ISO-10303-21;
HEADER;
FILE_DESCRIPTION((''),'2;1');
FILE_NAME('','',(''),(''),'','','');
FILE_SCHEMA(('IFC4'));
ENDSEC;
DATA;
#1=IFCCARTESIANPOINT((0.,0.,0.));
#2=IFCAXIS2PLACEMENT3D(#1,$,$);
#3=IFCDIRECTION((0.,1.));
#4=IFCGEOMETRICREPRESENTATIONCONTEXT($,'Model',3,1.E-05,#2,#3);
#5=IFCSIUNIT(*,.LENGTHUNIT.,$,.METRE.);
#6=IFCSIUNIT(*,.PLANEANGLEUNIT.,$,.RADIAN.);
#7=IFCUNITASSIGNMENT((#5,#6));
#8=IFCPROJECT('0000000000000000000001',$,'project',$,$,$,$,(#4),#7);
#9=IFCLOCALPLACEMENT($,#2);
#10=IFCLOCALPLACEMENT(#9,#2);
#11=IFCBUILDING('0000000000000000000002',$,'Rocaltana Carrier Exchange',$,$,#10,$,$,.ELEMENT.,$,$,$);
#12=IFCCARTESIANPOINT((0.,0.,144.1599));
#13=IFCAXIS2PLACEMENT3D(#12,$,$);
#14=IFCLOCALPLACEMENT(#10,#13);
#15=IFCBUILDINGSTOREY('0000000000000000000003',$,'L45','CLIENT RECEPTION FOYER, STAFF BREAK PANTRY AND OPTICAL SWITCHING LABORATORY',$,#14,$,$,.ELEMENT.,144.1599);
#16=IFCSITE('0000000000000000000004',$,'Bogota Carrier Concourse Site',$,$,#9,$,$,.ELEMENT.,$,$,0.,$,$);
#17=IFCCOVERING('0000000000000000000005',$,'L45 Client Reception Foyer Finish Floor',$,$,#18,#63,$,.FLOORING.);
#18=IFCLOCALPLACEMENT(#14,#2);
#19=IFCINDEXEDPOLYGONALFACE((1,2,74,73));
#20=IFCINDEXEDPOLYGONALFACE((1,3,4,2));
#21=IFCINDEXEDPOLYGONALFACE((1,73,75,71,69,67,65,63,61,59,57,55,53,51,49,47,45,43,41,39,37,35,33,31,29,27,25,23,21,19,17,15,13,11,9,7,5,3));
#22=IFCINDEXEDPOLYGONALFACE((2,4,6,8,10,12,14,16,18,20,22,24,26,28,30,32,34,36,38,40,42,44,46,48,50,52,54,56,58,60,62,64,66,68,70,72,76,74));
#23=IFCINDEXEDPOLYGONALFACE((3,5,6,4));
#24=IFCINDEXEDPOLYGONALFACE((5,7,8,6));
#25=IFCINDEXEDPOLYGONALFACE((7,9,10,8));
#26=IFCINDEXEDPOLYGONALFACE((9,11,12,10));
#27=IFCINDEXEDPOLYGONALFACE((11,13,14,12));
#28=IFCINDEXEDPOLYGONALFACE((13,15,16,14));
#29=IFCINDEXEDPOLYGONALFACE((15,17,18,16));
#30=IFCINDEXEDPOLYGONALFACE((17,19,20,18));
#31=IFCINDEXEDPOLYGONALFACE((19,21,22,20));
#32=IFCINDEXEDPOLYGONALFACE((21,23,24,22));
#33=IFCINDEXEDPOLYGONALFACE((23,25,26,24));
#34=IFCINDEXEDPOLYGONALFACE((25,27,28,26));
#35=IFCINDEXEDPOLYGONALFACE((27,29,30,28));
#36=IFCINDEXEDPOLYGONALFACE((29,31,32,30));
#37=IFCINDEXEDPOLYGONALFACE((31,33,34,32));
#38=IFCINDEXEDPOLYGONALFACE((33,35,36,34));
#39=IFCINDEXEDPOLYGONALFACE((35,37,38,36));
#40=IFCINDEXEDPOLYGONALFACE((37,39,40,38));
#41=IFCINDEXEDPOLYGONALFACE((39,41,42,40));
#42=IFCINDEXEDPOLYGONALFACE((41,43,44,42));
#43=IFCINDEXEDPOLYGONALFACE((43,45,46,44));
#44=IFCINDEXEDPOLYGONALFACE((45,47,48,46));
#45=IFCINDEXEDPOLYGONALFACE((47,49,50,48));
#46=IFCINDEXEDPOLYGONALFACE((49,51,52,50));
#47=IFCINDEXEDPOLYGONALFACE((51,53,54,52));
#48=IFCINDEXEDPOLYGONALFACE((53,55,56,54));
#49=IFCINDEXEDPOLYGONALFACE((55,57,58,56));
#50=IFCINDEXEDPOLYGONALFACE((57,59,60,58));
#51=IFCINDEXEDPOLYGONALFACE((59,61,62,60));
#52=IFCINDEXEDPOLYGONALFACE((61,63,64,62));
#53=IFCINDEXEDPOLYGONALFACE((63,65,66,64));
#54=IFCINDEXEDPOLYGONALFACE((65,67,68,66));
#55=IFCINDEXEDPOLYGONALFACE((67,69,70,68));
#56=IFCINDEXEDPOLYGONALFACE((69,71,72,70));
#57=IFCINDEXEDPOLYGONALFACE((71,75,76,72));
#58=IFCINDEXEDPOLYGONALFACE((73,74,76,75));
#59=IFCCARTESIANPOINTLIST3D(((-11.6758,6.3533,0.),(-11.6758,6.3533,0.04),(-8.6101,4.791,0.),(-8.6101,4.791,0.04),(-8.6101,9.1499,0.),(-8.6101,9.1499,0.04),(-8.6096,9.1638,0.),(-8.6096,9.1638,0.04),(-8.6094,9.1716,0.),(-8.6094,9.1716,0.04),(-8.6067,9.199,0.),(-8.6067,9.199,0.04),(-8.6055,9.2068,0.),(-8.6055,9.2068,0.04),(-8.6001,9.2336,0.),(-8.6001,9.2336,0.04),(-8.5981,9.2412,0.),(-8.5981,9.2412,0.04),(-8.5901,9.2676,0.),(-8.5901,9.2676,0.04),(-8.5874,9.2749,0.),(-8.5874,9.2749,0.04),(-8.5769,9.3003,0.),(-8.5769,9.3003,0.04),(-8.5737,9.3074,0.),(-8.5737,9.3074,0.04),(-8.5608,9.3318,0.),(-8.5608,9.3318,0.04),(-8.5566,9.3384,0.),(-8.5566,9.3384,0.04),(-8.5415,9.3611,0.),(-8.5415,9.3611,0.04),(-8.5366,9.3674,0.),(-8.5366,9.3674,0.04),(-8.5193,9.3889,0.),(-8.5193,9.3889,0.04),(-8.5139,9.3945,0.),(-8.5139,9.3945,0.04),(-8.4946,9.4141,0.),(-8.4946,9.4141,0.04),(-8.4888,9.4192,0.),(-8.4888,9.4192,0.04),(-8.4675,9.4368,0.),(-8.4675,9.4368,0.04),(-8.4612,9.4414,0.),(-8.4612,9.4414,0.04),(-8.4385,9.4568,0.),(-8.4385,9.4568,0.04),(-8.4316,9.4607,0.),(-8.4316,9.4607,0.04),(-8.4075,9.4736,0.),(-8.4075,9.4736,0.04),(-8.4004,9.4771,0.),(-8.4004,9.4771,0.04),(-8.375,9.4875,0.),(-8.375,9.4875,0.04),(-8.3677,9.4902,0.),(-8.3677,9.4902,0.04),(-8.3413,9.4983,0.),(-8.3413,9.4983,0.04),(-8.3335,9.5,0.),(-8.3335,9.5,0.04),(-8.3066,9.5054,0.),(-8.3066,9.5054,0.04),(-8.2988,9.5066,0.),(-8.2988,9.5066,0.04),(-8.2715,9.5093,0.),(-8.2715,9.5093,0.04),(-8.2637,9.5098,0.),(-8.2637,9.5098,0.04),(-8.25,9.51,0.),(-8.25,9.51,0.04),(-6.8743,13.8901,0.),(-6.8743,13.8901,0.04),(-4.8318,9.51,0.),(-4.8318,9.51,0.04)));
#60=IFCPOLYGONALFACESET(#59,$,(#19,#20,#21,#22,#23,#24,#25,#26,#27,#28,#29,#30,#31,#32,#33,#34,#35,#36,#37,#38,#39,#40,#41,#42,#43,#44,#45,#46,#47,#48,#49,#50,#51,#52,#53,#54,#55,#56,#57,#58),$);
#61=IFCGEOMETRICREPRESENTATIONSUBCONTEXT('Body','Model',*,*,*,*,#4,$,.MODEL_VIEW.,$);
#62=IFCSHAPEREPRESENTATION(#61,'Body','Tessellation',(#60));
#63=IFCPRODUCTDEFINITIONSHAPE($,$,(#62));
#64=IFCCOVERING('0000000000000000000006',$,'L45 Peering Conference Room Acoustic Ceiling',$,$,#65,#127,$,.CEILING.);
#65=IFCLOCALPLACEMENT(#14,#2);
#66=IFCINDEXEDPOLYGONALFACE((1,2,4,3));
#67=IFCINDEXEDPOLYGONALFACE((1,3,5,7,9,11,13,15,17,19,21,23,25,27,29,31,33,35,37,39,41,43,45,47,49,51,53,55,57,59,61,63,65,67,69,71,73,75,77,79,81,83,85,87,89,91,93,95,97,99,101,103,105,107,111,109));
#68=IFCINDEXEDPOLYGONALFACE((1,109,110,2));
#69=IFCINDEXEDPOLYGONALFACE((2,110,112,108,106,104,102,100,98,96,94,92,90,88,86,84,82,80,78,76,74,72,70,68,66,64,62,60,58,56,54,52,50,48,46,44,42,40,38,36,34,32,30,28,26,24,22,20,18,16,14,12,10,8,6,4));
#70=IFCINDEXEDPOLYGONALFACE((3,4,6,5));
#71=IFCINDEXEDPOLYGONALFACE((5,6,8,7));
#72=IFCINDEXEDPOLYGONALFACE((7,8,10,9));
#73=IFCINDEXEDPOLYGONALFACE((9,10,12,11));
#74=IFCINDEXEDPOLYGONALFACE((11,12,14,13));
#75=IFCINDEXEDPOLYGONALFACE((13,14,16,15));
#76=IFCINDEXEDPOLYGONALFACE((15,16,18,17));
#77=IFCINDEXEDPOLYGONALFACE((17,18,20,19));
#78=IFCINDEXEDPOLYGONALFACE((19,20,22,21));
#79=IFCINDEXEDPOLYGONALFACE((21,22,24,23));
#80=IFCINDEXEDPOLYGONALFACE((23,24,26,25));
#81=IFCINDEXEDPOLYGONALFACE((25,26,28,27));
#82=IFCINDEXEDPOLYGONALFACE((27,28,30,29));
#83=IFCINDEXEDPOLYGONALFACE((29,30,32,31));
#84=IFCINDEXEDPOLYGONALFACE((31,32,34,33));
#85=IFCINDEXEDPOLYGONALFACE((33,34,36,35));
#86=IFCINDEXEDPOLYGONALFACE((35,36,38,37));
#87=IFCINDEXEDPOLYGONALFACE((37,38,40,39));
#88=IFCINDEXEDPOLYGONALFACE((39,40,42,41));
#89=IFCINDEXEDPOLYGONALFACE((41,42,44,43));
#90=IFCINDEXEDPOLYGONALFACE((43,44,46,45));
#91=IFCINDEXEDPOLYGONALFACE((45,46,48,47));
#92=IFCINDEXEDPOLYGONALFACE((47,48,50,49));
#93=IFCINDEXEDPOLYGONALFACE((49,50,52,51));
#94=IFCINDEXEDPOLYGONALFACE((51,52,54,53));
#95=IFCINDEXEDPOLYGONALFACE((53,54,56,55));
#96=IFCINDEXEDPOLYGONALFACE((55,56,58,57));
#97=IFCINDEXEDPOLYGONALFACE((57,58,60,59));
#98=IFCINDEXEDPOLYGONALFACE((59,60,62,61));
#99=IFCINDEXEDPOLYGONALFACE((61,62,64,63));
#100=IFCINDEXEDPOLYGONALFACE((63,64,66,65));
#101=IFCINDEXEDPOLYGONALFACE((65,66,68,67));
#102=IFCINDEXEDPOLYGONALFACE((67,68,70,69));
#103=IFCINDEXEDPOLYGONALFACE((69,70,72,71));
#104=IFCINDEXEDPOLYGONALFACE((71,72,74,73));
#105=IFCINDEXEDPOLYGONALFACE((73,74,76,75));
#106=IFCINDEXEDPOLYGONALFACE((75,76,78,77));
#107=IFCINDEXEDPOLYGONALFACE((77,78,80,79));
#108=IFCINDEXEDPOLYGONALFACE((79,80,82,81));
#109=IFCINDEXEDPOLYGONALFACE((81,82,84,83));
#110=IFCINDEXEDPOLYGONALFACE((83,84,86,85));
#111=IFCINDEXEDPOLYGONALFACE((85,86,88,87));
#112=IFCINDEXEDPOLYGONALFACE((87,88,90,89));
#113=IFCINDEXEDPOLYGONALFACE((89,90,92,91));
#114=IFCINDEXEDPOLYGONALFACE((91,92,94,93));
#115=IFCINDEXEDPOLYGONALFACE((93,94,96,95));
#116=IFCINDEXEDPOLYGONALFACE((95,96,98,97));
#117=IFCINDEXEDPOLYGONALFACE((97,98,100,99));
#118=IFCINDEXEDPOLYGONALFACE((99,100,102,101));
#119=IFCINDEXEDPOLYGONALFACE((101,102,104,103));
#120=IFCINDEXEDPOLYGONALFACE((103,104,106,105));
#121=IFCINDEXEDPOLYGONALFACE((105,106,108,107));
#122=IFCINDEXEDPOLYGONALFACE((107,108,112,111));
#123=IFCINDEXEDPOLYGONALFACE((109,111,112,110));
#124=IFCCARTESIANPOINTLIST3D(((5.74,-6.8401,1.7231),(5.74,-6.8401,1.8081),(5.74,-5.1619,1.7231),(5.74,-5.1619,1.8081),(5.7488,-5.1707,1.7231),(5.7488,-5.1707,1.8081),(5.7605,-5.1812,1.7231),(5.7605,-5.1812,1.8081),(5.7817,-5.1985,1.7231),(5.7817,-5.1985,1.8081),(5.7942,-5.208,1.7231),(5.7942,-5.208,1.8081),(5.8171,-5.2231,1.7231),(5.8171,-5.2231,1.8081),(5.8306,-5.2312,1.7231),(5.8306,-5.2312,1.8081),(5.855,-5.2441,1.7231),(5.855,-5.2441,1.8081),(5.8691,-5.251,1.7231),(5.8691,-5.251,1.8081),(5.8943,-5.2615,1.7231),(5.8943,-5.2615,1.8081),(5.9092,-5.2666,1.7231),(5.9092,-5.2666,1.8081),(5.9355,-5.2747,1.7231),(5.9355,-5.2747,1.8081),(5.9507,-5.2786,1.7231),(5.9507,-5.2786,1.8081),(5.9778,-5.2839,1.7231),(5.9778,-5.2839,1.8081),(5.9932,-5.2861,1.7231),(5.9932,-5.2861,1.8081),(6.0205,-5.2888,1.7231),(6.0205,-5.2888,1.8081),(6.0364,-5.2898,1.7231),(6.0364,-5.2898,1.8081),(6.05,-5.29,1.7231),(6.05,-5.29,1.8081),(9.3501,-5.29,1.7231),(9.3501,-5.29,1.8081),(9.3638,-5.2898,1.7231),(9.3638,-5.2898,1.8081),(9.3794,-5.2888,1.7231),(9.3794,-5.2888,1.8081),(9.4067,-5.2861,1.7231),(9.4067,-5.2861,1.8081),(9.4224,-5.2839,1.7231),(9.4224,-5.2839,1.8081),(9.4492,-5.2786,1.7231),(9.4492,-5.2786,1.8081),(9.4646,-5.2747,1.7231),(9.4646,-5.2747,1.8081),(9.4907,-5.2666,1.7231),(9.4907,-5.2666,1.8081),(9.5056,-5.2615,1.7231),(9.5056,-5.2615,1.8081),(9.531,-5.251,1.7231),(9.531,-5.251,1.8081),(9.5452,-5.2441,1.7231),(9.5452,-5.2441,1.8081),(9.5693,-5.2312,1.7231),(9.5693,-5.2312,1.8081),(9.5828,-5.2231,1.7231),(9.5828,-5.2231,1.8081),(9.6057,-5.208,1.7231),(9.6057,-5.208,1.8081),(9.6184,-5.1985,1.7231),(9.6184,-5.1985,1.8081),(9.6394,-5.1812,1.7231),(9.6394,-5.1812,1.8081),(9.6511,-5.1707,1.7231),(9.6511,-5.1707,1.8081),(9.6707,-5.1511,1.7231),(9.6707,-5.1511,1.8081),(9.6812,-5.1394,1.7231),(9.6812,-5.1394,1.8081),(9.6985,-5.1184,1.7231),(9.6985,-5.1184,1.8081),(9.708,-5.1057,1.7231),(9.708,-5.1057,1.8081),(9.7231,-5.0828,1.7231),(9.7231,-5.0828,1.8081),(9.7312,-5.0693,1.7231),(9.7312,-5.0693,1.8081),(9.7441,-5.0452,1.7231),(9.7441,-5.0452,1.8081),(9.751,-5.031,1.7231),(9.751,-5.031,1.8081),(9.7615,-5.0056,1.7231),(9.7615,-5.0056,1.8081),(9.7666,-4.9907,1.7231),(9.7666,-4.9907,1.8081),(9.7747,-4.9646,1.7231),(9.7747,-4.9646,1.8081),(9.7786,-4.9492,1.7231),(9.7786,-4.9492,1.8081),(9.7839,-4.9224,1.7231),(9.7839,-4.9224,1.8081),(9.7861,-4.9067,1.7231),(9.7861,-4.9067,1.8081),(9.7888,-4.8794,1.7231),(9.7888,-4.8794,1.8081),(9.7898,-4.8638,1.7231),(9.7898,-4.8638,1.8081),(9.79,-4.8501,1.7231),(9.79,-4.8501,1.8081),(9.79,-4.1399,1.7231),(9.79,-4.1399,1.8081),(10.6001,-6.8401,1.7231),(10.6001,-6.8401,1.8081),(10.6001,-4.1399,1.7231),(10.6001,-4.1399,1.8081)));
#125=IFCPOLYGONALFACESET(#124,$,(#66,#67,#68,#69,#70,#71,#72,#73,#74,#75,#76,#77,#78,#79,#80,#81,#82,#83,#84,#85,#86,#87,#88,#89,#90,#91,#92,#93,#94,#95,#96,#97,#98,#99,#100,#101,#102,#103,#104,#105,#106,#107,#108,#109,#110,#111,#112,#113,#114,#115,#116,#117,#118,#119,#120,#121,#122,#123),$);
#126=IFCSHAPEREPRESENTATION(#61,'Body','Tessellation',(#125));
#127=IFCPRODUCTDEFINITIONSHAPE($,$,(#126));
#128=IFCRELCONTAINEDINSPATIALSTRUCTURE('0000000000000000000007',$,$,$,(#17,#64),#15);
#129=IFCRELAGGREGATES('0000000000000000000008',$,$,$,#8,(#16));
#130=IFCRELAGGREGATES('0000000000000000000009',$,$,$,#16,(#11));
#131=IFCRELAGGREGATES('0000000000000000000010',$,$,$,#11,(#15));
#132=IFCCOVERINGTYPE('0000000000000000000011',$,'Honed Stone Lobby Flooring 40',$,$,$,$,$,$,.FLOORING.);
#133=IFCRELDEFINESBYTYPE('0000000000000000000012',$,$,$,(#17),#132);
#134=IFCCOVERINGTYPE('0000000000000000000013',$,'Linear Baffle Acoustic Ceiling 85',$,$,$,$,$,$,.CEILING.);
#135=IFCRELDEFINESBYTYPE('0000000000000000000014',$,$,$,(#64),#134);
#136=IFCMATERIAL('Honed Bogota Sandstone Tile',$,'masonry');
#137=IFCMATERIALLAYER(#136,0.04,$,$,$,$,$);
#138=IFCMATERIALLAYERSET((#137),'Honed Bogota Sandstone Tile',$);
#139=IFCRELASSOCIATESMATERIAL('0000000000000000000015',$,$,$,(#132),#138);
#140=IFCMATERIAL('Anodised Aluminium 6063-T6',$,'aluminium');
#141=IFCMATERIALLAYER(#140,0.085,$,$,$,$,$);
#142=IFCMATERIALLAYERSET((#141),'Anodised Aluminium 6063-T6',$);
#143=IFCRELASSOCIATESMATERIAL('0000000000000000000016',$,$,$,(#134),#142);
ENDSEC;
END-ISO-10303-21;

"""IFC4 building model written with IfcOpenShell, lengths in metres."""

from ifc_helpers import new_model, si_unit, direction, frame, origin, place, context, subcontext, project, spatial, polyline, outline, extrude, material, layer, layer_set, type_object, element, save


model = new_model("IFC4")

# Units and contexts
model_context = context("Model", 3, precision=1e-05, world=origin(), true_north=direction((0.0, 1.0)))
body_context = subcontext(model_context, "Body", "Model", "MODEL_VIEW")
ifc_project = project(units=[si_unit("LENGTHUNIT", "METRE"), si_unit("PLANEANGLEUNIT", "RADIAN")], contexts=[model_context])

# Site, building, storey
site_placement = place(None, origin())
site = spatial("IfcSite", under=ifc_project, at=site_placement, Name="Bogota Carrier Concourse Site", CompositionType="ELEMENT", RefElevation=0.0)
building_placement = place(site_placement, origin())
building = spatial("IfcBuilding", under=site, at=building_placement, Name="Rocaltana Carrier Exchange", CompositionType="ELEMENT")
storey_placement = place(building_placement, frame((0.0, 0.0, 144.1599)))
storey = spatial("IfcBuildingStorey", under=building, at=storey_placement, Name="L45", Description="CLIENT RECEPTION FOYER, STAFF BREAK PANTRY AND OPTICAL SWITCHING LABORATORY", CompositionType="ELEMENT", Elevation=144.1599)

# Coverings
ifc_material_1 = material(Name="Honed Bogota Sandstone Tile", Category="masonry")
ifc_layer_1 = layer(ifc_material_1, 0.04)
ifc_layer_set_1 = layer_set([ifc_layer_1], Name="Honed Bogota Sandstone Tile")
covering_type_1 = type_object("IfcCoveringType", Name="Honed Stone Lobby Flooring 40", PredefinedType="FLOORING", material=ifc_layer_set_1)
covering_1_placement = place(storey_placement, origin())
element("IfcCovering", 1, at=covering_1_placement, inside=storey, type_object=covering_type_1, Name="L45 Client Reception Foyer Finish Floor", PredefinedType="FLOORING", context=body_context, shape_type="SweptSolid", body=[
    extrude(outline(polyline([(-6.8743, 13.8901), (-4.8318, 9.51), (-8.25, 9.51), (-8.2637, 9.5098), (-8.2715, 9.5093), (-8.2988, 9.5066), (-8.3066, 9.5054), (-8.3335, 9.5), (-8.3413, 9.4983), (-8.3677, 9.4902), (-8.375, 9.4875), (-8.4004, 9.4771), (-8.4075, 9.4736), (-8.4316, 9.4607), (-8.4385, 9.4568), (-8.4612, 9.4414), (-8.4675, 9.4368), (-8.4888, 9.4192), (-8.4946, 9.4141), (-8.5139, 9.3945), (-8.5193, 9.3889), (-8.5366, 9.3674), (-8.5415, 9.3611), (-8.5566, 9.3384), (-8.5608, 9.3318), (-8.5737, 9.3074), (-8.5769, 9.3003), (-8.5874, 9.2749), (-8.5901, 9.2676), (-8.5981, 9.2412), (-8.6001, 9.2336), (-8.6055, 9.2068), (-8.6067, 9.199), (-8.6094, 9.1716), (-8.6096, 9.1638), (-8.6101, 9.1499), (-8.6101, 4.791), (-11.6758, 6.3533), (-6.8743, 13.8901)])), origin(), (0.0, 0.0, 1.0), 0.04),
])
ifc_material_2 = material(Name="Anodised Aluminium 6063-T6", Category="aluminium")
ifc_layer_2 = layer(ifc_material_2, 0.085)
ifc_layer_set_2 = layer_set([ifc_layer_2], Name="Anodised Aluminium 6063-T6")
covering_type_2 = type_object("IfcCoveringType", Name="Linear Baffle Acoustic Ceiling 85", PredefinedType="CEILING", material=ifc_layer_set_2)
covering_2_placement = place(storey_placement, frame((0.0, 0.0, 1.7231)))
element("IfcCovering", 2, at=covering_2_placement, inside=storey, type_object=covering_type_2, Name="L45 Peering Conference Room Acoustic Ceiling", PredefinedType="CEILING", context=body_context, shape_type="SweptSolid", body=[
    extrude(outline(polyline([(5.74, -6.8401), (5.74, -5.1619), (5.7488, -5.1707), (5.7605, -5.1812), (5.7817, -5.1985), (5.7942, -5.208), (5.8171, -5.2231), (5.8306, -5.2312), (5.855, -5.2441), (5.8691, -5.251), (5.8943, -5.2615), (5.9092, -5.2666), (5.9355, -5.2747), (5.9507, -5.2786), (5.9778, -5.2839), (5.9932, -5.2861), (6.0205, -5.2888), (6.0364, -5.2898), (6.05, -5.29), (9.3501, -5.29), (9.3638, -5.2898), (9.3794, -5.2888), (9.4067, -5.2861), (9.4224, -5.2839), (9.4492, -5.2786), (9.4646, -5.2747), (9.4907, -5.2666), (9.5056, -5.2615), (9.531, -5.251), (9.5452, -5.2441), (9.5693, -5.2312), (9.5828, -5.2231), (9.6057, -5.208), (9.6184, -5.1985), (9.6394, -5.1812), (9.6511, -5.1707), (9.6707, -5.1511), (9.6812, -5.1394), (9.6985, -5.1184), (9.708, -5.1057), (9.7231, -5.0828), (9.7312, -5.0693), (9.7441, -5.0452), (9.751, -5.031), (9.7615, -5.0056), (9.7666, -4.9907), (9.7747, -4.9646), (9.7786, -4.9492), (9.7839, -4.9224), (9.7861, -4.9067), (9.7888, -4.8794), (9.7898, -4.8638), (9.79, -4.8501), (9.79, -4.1399), (10.6001, -4.1399), (10.6001, -6.8401), (5.74, -6.8401)])), origin(), (0.0, 0.0, 1.0), 0.085),
])

save(model, "model.ifc")
